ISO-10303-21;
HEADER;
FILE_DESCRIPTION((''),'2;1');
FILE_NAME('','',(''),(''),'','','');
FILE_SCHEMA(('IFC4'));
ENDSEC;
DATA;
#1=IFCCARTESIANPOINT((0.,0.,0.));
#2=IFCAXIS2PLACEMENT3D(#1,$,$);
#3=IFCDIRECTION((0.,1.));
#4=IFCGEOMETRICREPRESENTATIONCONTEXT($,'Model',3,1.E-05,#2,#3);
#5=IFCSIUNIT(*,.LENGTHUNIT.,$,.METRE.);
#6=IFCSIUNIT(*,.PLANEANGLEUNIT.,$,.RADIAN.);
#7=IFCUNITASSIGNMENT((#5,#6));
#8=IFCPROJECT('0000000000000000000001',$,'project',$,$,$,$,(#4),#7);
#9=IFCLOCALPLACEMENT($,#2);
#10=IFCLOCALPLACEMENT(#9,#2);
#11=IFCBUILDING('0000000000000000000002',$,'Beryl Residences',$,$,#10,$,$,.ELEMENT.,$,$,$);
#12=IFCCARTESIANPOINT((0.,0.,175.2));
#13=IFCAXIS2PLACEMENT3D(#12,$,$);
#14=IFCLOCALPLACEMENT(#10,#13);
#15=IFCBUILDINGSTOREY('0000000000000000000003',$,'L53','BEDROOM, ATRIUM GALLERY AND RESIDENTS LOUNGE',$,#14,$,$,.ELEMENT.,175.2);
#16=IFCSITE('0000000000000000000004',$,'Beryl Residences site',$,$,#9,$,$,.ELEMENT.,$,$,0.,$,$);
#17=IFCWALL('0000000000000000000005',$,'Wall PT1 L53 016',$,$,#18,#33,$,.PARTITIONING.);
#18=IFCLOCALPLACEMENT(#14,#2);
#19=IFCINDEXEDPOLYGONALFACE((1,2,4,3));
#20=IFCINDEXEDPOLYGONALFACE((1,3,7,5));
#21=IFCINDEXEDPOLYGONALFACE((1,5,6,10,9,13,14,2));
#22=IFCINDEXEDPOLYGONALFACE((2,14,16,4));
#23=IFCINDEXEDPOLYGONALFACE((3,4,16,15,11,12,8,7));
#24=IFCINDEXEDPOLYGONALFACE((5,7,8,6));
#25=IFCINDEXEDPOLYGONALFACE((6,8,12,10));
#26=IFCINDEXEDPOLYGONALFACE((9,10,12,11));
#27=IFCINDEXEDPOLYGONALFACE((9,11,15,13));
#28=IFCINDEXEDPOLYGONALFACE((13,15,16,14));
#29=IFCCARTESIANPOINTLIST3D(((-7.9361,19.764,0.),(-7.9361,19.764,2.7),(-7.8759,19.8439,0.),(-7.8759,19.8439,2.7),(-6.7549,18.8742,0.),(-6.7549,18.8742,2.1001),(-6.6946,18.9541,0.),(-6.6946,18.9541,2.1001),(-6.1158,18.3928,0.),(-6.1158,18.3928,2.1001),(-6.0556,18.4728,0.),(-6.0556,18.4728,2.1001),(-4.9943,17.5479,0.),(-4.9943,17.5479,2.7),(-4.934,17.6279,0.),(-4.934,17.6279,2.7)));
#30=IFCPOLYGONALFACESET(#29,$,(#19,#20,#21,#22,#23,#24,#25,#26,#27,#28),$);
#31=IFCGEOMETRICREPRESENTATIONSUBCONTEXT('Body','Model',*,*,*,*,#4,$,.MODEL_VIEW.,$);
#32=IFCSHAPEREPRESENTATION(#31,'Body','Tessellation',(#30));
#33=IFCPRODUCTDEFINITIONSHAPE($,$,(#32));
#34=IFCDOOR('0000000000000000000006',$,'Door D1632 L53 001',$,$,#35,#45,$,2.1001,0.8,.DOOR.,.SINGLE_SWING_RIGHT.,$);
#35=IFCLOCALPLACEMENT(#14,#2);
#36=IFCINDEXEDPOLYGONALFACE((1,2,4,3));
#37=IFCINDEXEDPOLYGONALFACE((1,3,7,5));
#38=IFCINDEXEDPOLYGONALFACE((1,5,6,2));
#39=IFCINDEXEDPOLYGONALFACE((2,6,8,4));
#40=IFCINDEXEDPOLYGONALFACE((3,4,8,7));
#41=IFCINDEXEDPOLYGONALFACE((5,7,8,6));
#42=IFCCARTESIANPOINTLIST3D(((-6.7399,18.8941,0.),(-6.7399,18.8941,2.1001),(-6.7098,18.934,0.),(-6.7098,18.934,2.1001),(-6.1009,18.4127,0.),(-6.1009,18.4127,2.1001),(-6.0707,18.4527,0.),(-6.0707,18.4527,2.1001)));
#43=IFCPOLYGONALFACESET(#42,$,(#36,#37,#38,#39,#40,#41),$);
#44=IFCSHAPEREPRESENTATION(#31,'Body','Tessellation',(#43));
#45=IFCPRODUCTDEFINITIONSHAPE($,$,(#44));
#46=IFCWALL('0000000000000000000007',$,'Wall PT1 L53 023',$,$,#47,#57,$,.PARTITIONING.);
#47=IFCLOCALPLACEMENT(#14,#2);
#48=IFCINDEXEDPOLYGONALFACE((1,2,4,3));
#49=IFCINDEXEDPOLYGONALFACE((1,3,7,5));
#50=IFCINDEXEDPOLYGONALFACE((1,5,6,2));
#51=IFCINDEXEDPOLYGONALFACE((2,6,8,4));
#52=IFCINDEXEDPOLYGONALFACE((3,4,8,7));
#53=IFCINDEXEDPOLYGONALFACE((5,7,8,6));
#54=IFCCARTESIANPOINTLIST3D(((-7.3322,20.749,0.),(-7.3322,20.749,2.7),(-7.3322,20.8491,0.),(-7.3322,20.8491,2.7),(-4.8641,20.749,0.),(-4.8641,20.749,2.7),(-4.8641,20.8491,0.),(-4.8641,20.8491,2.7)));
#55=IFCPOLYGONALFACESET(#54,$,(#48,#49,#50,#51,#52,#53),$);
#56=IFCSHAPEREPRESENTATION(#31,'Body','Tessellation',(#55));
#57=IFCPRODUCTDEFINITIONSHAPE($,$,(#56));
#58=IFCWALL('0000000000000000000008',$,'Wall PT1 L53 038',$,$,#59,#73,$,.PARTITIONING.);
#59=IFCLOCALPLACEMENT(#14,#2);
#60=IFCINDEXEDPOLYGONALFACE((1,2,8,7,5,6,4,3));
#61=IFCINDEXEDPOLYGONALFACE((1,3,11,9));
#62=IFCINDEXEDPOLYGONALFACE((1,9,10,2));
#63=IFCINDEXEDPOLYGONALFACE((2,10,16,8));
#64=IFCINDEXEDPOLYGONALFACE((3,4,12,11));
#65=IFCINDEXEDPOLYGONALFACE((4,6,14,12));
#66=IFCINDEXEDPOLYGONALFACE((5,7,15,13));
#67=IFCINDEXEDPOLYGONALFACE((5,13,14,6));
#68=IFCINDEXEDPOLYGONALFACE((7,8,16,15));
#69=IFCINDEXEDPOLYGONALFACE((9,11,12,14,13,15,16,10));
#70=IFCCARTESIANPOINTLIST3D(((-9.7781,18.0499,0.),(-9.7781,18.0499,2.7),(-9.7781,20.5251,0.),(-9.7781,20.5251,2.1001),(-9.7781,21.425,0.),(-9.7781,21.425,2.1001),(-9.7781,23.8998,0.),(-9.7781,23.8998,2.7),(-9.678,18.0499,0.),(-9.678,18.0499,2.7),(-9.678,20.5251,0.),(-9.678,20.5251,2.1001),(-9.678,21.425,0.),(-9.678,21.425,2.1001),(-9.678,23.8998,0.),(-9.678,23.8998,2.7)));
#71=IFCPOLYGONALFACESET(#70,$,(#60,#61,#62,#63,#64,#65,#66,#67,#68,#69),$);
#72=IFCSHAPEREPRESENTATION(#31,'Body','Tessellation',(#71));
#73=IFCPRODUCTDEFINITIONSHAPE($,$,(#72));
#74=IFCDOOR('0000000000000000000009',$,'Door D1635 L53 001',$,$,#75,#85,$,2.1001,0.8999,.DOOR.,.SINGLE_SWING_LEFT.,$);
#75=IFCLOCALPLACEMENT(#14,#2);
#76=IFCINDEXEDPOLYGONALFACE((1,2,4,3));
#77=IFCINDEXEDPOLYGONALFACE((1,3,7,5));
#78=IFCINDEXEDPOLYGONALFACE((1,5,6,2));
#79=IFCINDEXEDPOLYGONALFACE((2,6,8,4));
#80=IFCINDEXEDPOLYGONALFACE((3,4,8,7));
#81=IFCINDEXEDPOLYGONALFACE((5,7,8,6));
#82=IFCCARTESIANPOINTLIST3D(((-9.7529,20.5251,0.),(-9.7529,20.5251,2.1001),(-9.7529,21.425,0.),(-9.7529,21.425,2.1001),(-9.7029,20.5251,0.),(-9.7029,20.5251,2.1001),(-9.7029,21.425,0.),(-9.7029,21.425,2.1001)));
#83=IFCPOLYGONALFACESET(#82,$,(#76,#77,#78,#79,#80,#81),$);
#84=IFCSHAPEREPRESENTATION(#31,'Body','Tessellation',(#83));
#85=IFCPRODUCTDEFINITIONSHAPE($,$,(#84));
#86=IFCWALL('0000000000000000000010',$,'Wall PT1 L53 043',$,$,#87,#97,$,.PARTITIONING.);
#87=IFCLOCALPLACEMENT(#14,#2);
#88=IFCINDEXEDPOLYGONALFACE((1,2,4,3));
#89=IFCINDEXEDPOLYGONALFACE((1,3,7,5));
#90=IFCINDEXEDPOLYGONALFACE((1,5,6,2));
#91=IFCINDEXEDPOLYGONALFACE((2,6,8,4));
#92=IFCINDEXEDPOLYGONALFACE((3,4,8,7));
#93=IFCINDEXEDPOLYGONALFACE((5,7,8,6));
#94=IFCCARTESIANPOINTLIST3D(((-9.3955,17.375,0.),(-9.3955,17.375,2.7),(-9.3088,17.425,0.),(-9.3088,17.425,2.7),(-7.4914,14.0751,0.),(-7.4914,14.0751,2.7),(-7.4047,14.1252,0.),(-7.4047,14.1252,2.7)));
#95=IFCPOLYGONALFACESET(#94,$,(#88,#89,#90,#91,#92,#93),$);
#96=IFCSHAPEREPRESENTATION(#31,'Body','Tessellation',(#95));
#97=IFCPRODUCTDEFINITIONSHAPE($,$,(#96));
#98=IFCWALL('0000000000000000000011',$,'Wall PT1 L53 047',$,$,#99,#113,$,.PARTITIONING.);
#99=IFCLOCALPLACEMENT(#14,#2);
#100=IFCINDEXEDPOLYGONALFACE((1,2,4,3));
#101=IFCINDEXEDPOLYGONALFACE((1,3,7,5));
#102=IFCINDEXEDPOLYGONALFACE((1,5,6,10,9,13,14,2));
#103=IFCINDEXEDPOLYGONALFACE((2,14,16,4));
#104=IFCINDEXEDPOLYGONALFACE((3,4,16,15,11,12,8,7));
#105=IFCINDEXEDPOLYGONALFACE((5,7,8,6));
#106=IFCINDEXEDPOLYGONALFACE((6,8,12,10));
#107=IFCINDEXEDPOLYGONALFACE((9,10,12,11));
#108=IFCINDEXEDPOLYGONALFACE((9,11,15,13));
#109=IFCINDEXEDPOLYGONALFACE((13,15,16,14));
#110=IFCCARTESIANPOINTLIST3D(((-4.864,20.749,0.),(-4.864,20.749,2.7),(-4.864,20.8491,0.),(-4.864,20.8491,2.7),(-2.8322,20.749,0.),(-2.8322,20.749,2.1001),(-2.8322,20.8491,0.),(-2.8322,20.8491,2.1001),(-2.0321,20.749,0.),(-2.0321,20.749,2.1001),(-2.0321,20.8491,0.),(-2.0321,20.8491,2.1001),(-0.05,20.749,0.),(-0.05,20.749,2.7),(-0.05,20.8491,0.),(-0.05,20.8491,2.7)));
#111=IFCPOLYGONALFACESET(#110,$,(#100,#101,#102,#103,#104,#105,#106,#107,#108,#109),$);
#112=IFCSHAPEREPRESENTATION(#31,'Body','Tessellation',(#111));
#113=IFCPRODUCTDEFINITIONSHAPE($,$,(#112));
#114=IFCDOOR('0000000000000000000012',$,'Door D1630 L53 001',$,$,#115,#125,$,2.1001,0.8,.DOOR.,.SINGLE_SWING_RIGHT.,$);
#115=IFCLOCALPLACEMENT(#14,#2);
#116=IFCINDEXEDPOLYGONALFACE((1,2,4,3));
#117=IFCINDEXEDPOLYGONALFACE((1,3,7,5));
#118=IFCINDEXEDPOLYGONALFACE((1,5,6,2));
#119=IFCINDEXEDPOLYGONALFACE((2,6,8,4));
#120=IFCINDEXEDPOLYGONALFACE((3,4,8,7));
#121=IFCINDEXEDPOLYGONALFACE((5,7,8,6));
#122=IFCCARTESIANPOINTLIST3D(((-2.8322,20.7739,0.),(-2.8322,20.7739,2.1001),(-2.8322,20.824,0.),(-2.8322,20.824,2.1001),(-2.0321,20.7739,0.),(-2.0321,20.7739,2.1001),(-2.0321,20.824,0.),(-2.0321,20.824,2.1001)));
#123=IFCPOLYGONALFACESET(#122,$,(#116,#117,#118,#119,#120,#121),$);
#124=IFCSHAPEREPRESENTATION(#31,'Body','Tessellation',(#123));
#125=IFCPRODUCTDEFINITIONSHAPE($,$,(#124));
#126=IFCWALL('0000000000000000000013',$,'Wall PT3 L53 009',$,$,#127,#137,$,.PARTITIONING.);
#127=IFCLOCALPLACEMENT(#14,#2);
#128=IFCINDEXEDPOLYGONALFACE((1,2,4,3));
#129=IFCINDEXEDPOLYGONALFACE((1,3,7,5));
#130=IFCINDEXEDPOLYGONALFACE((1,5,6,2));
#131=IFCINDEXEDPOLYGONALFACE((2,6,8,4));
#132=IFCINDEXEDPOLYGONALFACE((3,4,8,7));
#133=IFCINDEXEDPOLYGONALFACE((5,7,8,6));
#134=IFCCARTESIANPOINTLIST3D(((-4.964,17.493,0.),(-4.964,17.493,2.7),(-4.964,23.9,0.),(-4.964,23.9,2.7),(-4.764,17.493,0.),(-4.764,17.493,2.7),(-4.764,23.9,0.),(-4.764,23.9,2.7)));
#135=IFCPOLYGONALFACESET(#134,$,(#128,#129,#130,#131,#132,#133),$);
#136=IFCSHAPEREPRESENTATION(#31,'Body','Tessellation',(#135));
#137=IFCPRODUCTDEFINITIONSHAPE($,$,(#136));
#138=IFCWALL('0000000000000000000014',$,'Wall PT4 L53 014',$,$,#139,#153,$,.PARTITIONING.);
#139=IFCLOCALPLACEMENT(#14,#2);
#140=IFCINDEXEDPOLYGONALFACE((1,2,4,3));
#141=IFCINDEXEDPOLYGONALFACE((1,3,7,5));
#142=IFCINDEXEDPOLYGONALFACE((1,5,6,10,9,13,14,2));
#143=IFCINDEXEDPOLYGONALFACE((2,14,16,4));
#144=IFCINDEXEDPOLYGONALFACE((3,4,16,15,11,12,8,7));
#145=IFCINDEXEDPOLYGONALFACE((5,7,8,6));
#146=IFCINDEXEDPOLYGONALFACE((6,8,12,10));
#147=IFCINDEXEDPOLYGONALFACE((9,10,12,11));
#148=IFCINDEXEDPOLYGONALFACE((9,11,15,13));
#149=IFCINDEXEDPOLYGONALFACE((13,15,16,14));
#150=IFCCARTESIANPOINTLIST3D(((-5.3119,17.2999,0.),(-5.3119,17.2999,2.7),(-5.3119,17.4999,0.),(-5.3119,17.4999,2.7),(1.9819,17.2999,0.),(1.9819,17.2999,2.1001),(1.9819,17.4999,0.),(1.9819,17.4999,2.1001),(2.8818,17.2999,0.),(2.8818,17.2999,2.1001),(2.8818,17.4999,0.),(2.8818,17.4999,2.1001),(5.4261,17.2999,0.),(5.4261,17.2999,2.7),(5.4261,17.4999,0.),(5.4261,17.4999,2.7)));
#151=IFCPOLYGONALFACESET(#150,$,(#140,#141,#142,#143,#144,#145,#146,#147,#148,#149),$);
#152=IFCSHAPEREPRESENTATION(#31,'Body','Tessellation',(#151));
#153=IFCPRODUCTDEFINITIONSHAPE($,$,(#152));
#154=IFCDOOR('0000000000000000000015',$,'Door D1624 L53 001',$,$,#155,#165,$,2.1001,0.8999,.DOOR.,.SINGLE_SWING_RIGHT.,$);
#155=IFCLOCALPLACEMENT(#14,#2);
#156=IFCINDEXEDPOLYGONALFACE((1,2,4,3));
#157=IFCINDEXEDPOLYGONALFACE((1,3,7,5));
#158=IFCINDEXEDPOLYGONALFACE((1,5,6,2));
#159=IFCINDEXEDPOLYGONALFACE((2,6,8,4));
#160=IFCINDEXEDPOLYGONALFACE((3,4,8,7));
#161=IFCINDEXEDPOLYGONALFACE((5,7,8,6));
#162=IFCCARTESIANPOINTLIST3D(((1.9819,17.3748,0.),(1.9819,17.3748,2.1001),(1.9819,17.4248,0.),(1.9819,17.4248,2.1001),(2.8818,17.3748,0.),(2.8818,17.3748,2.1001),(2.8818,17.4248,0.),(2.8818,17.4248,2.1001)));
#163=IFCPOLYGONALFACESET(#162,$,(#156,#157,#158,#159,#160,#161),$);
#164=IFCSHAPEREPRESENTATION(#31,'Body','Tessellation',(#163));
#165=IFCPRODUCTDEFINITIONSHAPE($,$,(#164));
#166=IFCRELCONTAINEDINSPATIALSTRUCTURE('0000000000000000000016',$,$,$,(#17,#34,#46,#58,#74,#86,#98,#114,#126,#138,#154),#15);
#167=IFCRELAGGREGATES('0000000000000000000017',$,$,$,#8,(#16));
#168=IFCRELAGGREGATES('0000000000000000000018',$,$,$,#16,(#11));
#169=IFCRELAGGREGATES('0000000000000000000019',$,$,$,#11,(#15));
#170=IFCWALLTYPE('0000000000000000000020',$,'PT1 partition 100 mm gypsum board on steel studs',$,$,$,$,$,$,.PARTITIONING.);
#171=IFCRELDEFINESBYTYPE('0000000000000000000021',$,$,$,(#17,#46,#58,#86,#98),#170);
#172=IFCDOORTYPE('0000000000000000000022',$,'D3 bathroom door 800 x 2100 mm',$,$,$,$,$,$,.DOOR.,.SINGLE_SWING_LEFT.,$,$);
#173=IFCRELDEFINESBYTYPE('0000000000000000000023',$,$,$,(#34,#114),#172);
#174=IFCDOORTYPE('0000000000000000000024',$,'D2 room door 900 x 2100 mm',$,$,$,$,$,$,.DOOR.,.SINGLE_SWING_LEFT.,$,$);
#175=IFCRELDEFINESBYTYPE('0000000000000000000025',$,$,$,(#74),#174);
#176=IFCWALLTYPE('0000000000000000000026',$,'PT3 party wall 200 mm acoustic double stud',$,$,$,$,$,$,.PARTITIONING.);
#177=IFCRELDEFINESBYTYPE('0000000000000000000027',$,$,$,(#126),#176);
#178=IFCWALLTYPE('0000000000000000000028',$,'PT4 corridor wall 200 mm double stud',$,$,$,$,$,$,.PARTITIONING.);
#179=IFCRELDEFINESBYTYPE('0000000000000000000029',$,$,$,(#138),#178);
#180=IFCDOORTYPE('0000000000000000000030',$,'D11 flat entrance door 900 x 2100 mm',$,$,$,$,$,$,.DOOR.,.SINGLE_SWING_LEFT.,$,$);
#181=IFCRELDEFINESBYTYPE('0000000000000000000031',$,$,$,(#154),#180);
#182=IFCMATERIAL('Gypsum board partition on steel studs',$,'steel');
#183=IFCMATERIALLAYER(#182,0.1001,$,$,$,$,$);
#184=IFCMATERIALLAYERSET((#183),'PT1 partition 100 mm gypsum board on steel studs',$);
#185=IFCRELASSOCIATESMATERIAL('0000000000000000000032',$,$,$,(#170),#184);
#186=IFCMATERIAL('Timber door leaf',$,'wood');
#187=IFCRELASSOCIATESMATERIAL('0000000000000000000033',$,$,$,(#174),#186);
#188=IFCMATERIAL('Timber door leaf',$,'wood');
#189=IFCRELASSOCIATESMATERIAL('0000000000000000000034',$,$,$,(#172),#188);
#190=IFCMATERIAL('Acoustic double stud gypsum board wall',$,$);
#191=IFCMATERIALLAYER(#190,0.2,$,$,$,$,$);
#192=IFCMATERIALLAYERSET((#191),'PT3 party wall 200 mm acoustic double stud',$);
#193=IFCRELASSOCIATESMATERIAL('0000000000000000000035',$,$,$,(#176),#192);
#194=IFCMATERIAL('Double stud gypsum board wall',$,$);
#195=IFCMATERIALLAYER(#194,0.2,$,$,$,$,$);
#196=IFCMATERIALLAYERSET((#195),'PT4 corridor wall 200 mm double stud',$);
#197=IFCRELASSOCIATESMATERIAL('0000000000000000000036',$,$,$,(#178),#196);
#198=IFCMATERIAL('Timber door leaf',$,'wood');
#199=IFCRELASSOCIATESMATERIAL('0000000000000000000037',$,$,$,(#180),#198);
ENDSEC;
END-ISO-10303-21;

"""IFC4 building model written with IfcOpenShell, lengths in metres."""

from ifc_helpers import new_model, si_unit, direction, frame, frame_2d, origin, place, context, subcontext, project, spatial, rectangle, extrude, material, layer, layer_set, type_object, element, fill, save


model = new_model("IFC4")

# Units and contexts
model_context = context("Model", 3, precision=1e-05, world=origin(), true_north=direction((0.0, 1.0)))
body_context = subcontext(model_context, "Body", "Model", "MODEL_VIEW")
ifc_project = project(units=[si_unit("LENGTHUNIT", "METRE"), si_unit("PLANEANGLEUNIT", "RADIAN")], contexts=[model_context])

# Site, building, storey
site_placement = place(None, origin())
site = spatial("IfcSite", under=ifc_project, at=site_placement, Name="Beryl Residences site", CompositionType="ELEMENT", RefElevation=0.0)
building_placement = place(site_placement, origin())
building = spatial("IfcBuilding", under=site, at=building_placement, Name="Beryl Residences", CompositionType="ELEMENT")
storey_placement = place(building_placement, frame((0.0, 0.0, 175.2)))
storey = spatial("IfcBuildingStorey", under=building, at=storey_placement, Name="L53", Description="BEDROOM, ATRIUM GALLERY AND RESIDENTS LOUNGE", CompositionType="ELEMENT", Elevation=175.2)

# Shared definitions
ifc_material_1 = material(Name="Gypsum board partition on steel studs", Category="steel")
ifc_layer_1 = layer(ifc_material_1, 0.1001)
ifc_layer_set_1 = layer_set([ifc_layer_1], Name="PT1 partition 100 mm gypsum board on steel studs")
wall_type_1 = type_object("IfcWallType", Name="PT1 partition 100 mm gypsum board on steel studs", PredefinedType="PARTITIONING", material=ifc_layer_set_1)

# Wall, opening, door
ifc_material_2 = material(Name="Timber door leaf", Category="wood")
door_type_1 = type_object("IfcDoorType", Name="D2 room door 900 x 2100 mm", OperationType="SINGLE_SWING_LEFT", PredefinedType="DOOR", material=ifc_material_2)
wall_1_placement = place(storey_placement, frame((-7.906, 19.804, 0.0), z_axis=(0.0, 0.0, 1.0), x_axis=(0.798741, -0.601674, 0.0)))
wall_1 = element("IfcWall", 1, at=wall_1_placement, inside=storey, type_object=wall_type_1, Name="Wall PT1 L53 016", PredefinedType="PARTITIONING", context=body_context, shape_type="SweptSolid", body=[
    extrude(rectangle(XDim=3.6831, YDim=0.1001, at=frame_2d((1.8416, 0.0))), origin(), (0.0, 0.0, 1.0), 2.7),
])
opening_1_placement = place(wall_1_placement, frame((1.479, 0.0, 0.0)))
opening_1 = element("IfcOpeningElement", 2, at=opening_1_placement, cuts=wall_1, PredefinedType="OPENING", context=body_context, shape_type="SweptSolid", body=[
    extrude(rectangle(XDim=0.8, YDim=2.1001, at=frame_2d((0.3999, 1.05))), frame((0.0, 0.0601, 0.0), z_axis=(0.0, -1.0, 0.0), x_axis=(1.0, 0.0, 0.0)), (0.0, 0.0, 1.0), 0.1201),
])
ifc_material_3 = material(Name="Timber door leaf", Category="wood")
door_type_2 = type_object("IfcDoorType", Name="D3 bathroom door 800 x 2100 mm", OperationType="SINGLE_SWING_LEFT", PredefinedType="DOOR", material=ifc_material_3)
door_1_placement = place(opening_1_placement, origin())
door_1 = element("IfcDoor", 3, at=door_1_placement, inside=storey, type_object=door_type_2, Name="Door D1632 L53 001", OperationType="SINGLE_SWING_RIGHT", OverallHeight=2.1001, OverallWidth=0.8, PredefinedType="DOOR", context=body_context, shape_type="SweptSolid", body=[
    extrude(rectangle(XDim=0.8, YDim=2.1001, at=frame_2d((0.3999, 1.05))), frame((0.0, 0.0249, 0.0), z_axis=(0.0, -1.0, 0.0), x_axis=(1.0, 0.0, 0.0)), (0.0, 0.0, 1.0), 0.05),
])
fill(opening_1, door_1)

# Wall
wall_2_placement = place(storey_placement, frame((-7.332, 20.7991, 0.0), z_axis=(0.0, 0.0, 1.0), x_axis=(1.0, 0.0, 0.0)))
element("IfcWall", 4, at=wall_2_placement, inside=storey, type_object=wall_type_1, Name="Wall PT1 L53 023", PredefinedType="PARTITIONING", context=body_context, shape_type="SweptSolid", body=[
    extrude(rectangle(XDim=2.468, YDim=0.1001, at=frame_2d((1.2339, 0.0))), origin(), (0.0, 0.0, 1.0), 2.7),
])

# Wall, opening, door
wall_3_placement = place(storey_placement, frame((-9.728, 18.05, 0.0), z_axis=(0.0, 0.0, 1.0), x_axis=(0.0, 1.0, 0.0)))
wall_3 = element("IfcWall", 5, at=wall_3_placement, inside=storey, type_object=wall_type_1, Name="Wall PT1 L53 038", PredefinedType="PARTITIONING", context=body_context, shape_type="SweptSolid", body=[
    extrude(rectangle(XDim=5.8499, YDim=0.1001, at=frame_2d((2.9248, 0.0))), origin(), (0.0, 0.0, 1.0), 2.7),
])
opening_2_placement = place(wall_3_placement, frame((2.4751, 0.0, 0.0)))
opening_2 = element("IfcOpeningElement", 6, at=opening_2_placement, cuts=wall_3, PredefinedType="OPENING", context=body_context, shape_type="SweptSolid", body=[
    extrude(rectangle(XDim=0.8999, YDim=2.1001, at=frame_2d((0.45, 1.05))), frame((0.0, 0.0601, 0.0), z_axis=(0.0, -1.0, 0.0), x_axis=(1.0, 0.0, 0.0)), (0.0, 0.0, 1.0), 0.1201),
])
door_2_placement = place(opening_2_placement, origin())
door_2 = element("IfcDoor", 7, at=door_2_placement, inside=storey, type_object=door_type_1, Name="Door D1635 L53 001", OperationType="SINGLE_SWING_LEFT", OverallHeight=2.1001, OverallWidth=0.8999, PredefinedType="DOOR", context=body_context, shape_type="SweptSolid", body=[
    extrude(rectangle(XDim=0.8999, YDim=2.1001, at=frame_2d((0.45, 1.05))), frame((0.0, 0.0249, 0.0), z_axis=(0.0, -1.0, 0.0), x_axis=(1.0, 0.0, 0.0)), (0.0, 0.0, 1.0), 0.05),
])
fill(opening_2, door_2)

# Wall
wall_4_placement = place(storey_placement, frame((-9.3521, 17.3999, 0.0), z_axis=(0.0, 0.0, 1.0), x_axis=(0.499785, -0.866149, 0.0)))
element("IfcWall", 8, at=wall_4_placement, inside=storey, type_object=wall_type_1, Name="Wall PT1 L53 043", PredefinedType="PARTITIONING", context=body_context, shape_type="SweptSolid", body=[
    extrude(rectangle(XDim=3.8098, YDim=0.1001, at=frame_2d((1.9048, 0.0))), origin(), (0.0, 0.0, 1.0), 2.7),
])

# Wall, opening, door
wall_5_placement = place(storey_placement, frame((-4.864, 20.7991, 0.0), z_axis=(0.0, 0.0, 1.0), x_axis=(1.0, 0.0, 0.0)))
wall_5 = element("IfcWall", 9, at=wall_5_placement, inside=storey, type_object=wall_type_1, Name="Wall PT1 L53 047", PredefinedType="PARTITIONING", context=body_context, shape_type="SweptSolid", body=[
    extrude(rectangle(XDim=4.814, YDim=0.1001, at=frame_2d((2.407, 0.0))), origin(), (0.0, 0.0, 1.0), 2.7),
])
opening_3_placement = place(wall_5_placement, frame((2.032, 0.0, 0.0)))
opening_3 = element("IfcOpeningElement", 10, at=opening_3_placement, cuts=wall_5, PredefinedType="OPENING", context=body_context, shape_type="SweptSolid", body=[
    extrude(rectangle(XDim=0.8, YDim=2.1001, at=frame_2d((0.3999, 1.05))), frame((0.0, 0.0601, 0.0), z_axis=(0.0, -1.0, 0.0), x_axis=(1.0, 0.0, 0.0)), (0.0, 0.0, 1.0), 0.1201),
])
door_3_placement = place(opening_3_placement, origin())
door_3 = element("IfcDoor", 11, at=door_3_placement, inside=storey, type_object=door_type_2, Name="Door D1630 L53 001", OperationType="SINGLE_SWING_RIGHT", OverallHeight=2.1001, OverallWidth=0.8, PredefinedType="DOOR", context=body_context, shape_type="SweptSolid", body=[
    extrude(rectangle(XDim=0.8, YDim=2.1001, at=frame_2d((0.3999, 1.05))), frame((0.0, 0.0249, 0.0), z_axis=(0.0, -1.0, 0.0), x_axis=(1.0, 0.0, 0.0)), (0.0, 0.0, 1.0), 0.05),
])
fill(opening_3, door_3)

# Wall
ifc_material_4 = material(Name="Acoustic double stud gypsum board wall")
ifc_layer_2 = layer(ifc_material_4, 0.2)
ifc_layer_set_2 = layer_set([ifc_layer_2], Name="PT3 party wall 200 mm acoustic double stud")
wall_type_2 = type_object("IfcWallType", Name="PT3 party wall 200 mm acoustic double stud", PredefinedType="PARTITIONING", material=ifc_layer_set_2)
wall_6_placement = place(storey_placement, frame((-4.864, 17.4929, 0.0), z_axis=(0.0, 0.0, 1.0), x_axis=(0.0, 1.0, 0.0)))
element("IfcWall", 12, at=wall_6_placement, inside=storey, type_object=wall_type_2, Name="Wall PT3 L53 009", PredefinedType="PARTITIONING", context=body_context, shape_type="SweptSolid", body=[
    extrude(rectangle(XDim=6.407, YDim=0.2, at=frame_2d((3.2036, 0.0))), origin(), (0.0, 0.0, 1.0), 2.7),
])

# Wall, opening, door
ifc_material_5 = material(Name="Double stud gypsum board wall")
ifc_layer_3 = layer(ifc_material_5, 0.2)
ifc_layer_set_3 = layer_set([ifc_layer_3], Name="PT4 corridor wall 200 mm double stud")
wall_type_3 = type_object("IfcWallType", Name="PT4 corridor wall 200 mm double stud", PredefinedType="PARTITIONING", material=ifc_layer_set_3)
wall_7_placement = place(storey_placement, frame((-5.312, 17.3999, 0.0), z_axis=(0.0, 0.0, 1.0), x_axis=(1.0, 0.0, 0.0)))
wall_7 = element("IfcWall", 13, at=wall_7_placement, inside=storey, type_object=wall_type_3, Name="Wall PT4 L53 014", PredefinedType="PARTITIONING", context=body_context, shape_type="SweptSolid", body=[
    extrude(rectangle(XDim=10.738, YDim=0.2, at=frame_2d((5.3691, 0.0))), origin(), (0.0, 0.0, 1.0), 2.7),
])
opening_4_placement = place(wall_7_placement, frame((7.2939, 0.0, 0.0)))
opening_4 = element("IfcOpeningElement", 14, at=opening_4_placement, cuts=wall_7, PredefinedType="OPENING", context=body_context, shape_type="SweptSolid", body=[
    extrude(rectangle(XDim=0.8999, YDim=2.1001, at=frame_2d((0.45, 1.05))), frame((0.0, 0.1099, 0.0), z_axis=(0.0, -1.0, 0.0), x_axis=(1.0, 0.0, 0.0)), (0.0, 0.0, 1.0), 0.22),
])
ifc_material_6 = material(Name="Timber door leaf", Category="wood")
door_type_3 = type_object("IfcDoorType", Name="D11 flat entrance door 900 x 2100 mm", OperationType="SINGLE_SWING_LEFT", PredefinedType="DOOR", material=ifc_material_6)
door_4_placement = place(opening_4_placement, origin())
door_4 = element("IfcDoor", 15, at=door_4_placement, inside=storey, type_object=door_type_3, Name="Door D1624 L53 001", OperationType="SINGLE_SWING_RIGHT", OverallHeight=2.1001, OverallWidth=0.8999, PredefinedType="DOOR", context=body_context, shape_type="SweptSolid", body=[
    extrude(rectangle(XDim=0.8999, YDim=2.1001, at=frame_2d((0.45, 1.05))), frame((0.0, 0.0249, 0.0), z_axis=(0.0, -1.0, 0.0), x_axis=(1.0, 0.0, 0.0)), (0.0, 0.0, 1.0), 0.05),
])
fill(opening_4, door_4)

save(model, "model.ifc")
